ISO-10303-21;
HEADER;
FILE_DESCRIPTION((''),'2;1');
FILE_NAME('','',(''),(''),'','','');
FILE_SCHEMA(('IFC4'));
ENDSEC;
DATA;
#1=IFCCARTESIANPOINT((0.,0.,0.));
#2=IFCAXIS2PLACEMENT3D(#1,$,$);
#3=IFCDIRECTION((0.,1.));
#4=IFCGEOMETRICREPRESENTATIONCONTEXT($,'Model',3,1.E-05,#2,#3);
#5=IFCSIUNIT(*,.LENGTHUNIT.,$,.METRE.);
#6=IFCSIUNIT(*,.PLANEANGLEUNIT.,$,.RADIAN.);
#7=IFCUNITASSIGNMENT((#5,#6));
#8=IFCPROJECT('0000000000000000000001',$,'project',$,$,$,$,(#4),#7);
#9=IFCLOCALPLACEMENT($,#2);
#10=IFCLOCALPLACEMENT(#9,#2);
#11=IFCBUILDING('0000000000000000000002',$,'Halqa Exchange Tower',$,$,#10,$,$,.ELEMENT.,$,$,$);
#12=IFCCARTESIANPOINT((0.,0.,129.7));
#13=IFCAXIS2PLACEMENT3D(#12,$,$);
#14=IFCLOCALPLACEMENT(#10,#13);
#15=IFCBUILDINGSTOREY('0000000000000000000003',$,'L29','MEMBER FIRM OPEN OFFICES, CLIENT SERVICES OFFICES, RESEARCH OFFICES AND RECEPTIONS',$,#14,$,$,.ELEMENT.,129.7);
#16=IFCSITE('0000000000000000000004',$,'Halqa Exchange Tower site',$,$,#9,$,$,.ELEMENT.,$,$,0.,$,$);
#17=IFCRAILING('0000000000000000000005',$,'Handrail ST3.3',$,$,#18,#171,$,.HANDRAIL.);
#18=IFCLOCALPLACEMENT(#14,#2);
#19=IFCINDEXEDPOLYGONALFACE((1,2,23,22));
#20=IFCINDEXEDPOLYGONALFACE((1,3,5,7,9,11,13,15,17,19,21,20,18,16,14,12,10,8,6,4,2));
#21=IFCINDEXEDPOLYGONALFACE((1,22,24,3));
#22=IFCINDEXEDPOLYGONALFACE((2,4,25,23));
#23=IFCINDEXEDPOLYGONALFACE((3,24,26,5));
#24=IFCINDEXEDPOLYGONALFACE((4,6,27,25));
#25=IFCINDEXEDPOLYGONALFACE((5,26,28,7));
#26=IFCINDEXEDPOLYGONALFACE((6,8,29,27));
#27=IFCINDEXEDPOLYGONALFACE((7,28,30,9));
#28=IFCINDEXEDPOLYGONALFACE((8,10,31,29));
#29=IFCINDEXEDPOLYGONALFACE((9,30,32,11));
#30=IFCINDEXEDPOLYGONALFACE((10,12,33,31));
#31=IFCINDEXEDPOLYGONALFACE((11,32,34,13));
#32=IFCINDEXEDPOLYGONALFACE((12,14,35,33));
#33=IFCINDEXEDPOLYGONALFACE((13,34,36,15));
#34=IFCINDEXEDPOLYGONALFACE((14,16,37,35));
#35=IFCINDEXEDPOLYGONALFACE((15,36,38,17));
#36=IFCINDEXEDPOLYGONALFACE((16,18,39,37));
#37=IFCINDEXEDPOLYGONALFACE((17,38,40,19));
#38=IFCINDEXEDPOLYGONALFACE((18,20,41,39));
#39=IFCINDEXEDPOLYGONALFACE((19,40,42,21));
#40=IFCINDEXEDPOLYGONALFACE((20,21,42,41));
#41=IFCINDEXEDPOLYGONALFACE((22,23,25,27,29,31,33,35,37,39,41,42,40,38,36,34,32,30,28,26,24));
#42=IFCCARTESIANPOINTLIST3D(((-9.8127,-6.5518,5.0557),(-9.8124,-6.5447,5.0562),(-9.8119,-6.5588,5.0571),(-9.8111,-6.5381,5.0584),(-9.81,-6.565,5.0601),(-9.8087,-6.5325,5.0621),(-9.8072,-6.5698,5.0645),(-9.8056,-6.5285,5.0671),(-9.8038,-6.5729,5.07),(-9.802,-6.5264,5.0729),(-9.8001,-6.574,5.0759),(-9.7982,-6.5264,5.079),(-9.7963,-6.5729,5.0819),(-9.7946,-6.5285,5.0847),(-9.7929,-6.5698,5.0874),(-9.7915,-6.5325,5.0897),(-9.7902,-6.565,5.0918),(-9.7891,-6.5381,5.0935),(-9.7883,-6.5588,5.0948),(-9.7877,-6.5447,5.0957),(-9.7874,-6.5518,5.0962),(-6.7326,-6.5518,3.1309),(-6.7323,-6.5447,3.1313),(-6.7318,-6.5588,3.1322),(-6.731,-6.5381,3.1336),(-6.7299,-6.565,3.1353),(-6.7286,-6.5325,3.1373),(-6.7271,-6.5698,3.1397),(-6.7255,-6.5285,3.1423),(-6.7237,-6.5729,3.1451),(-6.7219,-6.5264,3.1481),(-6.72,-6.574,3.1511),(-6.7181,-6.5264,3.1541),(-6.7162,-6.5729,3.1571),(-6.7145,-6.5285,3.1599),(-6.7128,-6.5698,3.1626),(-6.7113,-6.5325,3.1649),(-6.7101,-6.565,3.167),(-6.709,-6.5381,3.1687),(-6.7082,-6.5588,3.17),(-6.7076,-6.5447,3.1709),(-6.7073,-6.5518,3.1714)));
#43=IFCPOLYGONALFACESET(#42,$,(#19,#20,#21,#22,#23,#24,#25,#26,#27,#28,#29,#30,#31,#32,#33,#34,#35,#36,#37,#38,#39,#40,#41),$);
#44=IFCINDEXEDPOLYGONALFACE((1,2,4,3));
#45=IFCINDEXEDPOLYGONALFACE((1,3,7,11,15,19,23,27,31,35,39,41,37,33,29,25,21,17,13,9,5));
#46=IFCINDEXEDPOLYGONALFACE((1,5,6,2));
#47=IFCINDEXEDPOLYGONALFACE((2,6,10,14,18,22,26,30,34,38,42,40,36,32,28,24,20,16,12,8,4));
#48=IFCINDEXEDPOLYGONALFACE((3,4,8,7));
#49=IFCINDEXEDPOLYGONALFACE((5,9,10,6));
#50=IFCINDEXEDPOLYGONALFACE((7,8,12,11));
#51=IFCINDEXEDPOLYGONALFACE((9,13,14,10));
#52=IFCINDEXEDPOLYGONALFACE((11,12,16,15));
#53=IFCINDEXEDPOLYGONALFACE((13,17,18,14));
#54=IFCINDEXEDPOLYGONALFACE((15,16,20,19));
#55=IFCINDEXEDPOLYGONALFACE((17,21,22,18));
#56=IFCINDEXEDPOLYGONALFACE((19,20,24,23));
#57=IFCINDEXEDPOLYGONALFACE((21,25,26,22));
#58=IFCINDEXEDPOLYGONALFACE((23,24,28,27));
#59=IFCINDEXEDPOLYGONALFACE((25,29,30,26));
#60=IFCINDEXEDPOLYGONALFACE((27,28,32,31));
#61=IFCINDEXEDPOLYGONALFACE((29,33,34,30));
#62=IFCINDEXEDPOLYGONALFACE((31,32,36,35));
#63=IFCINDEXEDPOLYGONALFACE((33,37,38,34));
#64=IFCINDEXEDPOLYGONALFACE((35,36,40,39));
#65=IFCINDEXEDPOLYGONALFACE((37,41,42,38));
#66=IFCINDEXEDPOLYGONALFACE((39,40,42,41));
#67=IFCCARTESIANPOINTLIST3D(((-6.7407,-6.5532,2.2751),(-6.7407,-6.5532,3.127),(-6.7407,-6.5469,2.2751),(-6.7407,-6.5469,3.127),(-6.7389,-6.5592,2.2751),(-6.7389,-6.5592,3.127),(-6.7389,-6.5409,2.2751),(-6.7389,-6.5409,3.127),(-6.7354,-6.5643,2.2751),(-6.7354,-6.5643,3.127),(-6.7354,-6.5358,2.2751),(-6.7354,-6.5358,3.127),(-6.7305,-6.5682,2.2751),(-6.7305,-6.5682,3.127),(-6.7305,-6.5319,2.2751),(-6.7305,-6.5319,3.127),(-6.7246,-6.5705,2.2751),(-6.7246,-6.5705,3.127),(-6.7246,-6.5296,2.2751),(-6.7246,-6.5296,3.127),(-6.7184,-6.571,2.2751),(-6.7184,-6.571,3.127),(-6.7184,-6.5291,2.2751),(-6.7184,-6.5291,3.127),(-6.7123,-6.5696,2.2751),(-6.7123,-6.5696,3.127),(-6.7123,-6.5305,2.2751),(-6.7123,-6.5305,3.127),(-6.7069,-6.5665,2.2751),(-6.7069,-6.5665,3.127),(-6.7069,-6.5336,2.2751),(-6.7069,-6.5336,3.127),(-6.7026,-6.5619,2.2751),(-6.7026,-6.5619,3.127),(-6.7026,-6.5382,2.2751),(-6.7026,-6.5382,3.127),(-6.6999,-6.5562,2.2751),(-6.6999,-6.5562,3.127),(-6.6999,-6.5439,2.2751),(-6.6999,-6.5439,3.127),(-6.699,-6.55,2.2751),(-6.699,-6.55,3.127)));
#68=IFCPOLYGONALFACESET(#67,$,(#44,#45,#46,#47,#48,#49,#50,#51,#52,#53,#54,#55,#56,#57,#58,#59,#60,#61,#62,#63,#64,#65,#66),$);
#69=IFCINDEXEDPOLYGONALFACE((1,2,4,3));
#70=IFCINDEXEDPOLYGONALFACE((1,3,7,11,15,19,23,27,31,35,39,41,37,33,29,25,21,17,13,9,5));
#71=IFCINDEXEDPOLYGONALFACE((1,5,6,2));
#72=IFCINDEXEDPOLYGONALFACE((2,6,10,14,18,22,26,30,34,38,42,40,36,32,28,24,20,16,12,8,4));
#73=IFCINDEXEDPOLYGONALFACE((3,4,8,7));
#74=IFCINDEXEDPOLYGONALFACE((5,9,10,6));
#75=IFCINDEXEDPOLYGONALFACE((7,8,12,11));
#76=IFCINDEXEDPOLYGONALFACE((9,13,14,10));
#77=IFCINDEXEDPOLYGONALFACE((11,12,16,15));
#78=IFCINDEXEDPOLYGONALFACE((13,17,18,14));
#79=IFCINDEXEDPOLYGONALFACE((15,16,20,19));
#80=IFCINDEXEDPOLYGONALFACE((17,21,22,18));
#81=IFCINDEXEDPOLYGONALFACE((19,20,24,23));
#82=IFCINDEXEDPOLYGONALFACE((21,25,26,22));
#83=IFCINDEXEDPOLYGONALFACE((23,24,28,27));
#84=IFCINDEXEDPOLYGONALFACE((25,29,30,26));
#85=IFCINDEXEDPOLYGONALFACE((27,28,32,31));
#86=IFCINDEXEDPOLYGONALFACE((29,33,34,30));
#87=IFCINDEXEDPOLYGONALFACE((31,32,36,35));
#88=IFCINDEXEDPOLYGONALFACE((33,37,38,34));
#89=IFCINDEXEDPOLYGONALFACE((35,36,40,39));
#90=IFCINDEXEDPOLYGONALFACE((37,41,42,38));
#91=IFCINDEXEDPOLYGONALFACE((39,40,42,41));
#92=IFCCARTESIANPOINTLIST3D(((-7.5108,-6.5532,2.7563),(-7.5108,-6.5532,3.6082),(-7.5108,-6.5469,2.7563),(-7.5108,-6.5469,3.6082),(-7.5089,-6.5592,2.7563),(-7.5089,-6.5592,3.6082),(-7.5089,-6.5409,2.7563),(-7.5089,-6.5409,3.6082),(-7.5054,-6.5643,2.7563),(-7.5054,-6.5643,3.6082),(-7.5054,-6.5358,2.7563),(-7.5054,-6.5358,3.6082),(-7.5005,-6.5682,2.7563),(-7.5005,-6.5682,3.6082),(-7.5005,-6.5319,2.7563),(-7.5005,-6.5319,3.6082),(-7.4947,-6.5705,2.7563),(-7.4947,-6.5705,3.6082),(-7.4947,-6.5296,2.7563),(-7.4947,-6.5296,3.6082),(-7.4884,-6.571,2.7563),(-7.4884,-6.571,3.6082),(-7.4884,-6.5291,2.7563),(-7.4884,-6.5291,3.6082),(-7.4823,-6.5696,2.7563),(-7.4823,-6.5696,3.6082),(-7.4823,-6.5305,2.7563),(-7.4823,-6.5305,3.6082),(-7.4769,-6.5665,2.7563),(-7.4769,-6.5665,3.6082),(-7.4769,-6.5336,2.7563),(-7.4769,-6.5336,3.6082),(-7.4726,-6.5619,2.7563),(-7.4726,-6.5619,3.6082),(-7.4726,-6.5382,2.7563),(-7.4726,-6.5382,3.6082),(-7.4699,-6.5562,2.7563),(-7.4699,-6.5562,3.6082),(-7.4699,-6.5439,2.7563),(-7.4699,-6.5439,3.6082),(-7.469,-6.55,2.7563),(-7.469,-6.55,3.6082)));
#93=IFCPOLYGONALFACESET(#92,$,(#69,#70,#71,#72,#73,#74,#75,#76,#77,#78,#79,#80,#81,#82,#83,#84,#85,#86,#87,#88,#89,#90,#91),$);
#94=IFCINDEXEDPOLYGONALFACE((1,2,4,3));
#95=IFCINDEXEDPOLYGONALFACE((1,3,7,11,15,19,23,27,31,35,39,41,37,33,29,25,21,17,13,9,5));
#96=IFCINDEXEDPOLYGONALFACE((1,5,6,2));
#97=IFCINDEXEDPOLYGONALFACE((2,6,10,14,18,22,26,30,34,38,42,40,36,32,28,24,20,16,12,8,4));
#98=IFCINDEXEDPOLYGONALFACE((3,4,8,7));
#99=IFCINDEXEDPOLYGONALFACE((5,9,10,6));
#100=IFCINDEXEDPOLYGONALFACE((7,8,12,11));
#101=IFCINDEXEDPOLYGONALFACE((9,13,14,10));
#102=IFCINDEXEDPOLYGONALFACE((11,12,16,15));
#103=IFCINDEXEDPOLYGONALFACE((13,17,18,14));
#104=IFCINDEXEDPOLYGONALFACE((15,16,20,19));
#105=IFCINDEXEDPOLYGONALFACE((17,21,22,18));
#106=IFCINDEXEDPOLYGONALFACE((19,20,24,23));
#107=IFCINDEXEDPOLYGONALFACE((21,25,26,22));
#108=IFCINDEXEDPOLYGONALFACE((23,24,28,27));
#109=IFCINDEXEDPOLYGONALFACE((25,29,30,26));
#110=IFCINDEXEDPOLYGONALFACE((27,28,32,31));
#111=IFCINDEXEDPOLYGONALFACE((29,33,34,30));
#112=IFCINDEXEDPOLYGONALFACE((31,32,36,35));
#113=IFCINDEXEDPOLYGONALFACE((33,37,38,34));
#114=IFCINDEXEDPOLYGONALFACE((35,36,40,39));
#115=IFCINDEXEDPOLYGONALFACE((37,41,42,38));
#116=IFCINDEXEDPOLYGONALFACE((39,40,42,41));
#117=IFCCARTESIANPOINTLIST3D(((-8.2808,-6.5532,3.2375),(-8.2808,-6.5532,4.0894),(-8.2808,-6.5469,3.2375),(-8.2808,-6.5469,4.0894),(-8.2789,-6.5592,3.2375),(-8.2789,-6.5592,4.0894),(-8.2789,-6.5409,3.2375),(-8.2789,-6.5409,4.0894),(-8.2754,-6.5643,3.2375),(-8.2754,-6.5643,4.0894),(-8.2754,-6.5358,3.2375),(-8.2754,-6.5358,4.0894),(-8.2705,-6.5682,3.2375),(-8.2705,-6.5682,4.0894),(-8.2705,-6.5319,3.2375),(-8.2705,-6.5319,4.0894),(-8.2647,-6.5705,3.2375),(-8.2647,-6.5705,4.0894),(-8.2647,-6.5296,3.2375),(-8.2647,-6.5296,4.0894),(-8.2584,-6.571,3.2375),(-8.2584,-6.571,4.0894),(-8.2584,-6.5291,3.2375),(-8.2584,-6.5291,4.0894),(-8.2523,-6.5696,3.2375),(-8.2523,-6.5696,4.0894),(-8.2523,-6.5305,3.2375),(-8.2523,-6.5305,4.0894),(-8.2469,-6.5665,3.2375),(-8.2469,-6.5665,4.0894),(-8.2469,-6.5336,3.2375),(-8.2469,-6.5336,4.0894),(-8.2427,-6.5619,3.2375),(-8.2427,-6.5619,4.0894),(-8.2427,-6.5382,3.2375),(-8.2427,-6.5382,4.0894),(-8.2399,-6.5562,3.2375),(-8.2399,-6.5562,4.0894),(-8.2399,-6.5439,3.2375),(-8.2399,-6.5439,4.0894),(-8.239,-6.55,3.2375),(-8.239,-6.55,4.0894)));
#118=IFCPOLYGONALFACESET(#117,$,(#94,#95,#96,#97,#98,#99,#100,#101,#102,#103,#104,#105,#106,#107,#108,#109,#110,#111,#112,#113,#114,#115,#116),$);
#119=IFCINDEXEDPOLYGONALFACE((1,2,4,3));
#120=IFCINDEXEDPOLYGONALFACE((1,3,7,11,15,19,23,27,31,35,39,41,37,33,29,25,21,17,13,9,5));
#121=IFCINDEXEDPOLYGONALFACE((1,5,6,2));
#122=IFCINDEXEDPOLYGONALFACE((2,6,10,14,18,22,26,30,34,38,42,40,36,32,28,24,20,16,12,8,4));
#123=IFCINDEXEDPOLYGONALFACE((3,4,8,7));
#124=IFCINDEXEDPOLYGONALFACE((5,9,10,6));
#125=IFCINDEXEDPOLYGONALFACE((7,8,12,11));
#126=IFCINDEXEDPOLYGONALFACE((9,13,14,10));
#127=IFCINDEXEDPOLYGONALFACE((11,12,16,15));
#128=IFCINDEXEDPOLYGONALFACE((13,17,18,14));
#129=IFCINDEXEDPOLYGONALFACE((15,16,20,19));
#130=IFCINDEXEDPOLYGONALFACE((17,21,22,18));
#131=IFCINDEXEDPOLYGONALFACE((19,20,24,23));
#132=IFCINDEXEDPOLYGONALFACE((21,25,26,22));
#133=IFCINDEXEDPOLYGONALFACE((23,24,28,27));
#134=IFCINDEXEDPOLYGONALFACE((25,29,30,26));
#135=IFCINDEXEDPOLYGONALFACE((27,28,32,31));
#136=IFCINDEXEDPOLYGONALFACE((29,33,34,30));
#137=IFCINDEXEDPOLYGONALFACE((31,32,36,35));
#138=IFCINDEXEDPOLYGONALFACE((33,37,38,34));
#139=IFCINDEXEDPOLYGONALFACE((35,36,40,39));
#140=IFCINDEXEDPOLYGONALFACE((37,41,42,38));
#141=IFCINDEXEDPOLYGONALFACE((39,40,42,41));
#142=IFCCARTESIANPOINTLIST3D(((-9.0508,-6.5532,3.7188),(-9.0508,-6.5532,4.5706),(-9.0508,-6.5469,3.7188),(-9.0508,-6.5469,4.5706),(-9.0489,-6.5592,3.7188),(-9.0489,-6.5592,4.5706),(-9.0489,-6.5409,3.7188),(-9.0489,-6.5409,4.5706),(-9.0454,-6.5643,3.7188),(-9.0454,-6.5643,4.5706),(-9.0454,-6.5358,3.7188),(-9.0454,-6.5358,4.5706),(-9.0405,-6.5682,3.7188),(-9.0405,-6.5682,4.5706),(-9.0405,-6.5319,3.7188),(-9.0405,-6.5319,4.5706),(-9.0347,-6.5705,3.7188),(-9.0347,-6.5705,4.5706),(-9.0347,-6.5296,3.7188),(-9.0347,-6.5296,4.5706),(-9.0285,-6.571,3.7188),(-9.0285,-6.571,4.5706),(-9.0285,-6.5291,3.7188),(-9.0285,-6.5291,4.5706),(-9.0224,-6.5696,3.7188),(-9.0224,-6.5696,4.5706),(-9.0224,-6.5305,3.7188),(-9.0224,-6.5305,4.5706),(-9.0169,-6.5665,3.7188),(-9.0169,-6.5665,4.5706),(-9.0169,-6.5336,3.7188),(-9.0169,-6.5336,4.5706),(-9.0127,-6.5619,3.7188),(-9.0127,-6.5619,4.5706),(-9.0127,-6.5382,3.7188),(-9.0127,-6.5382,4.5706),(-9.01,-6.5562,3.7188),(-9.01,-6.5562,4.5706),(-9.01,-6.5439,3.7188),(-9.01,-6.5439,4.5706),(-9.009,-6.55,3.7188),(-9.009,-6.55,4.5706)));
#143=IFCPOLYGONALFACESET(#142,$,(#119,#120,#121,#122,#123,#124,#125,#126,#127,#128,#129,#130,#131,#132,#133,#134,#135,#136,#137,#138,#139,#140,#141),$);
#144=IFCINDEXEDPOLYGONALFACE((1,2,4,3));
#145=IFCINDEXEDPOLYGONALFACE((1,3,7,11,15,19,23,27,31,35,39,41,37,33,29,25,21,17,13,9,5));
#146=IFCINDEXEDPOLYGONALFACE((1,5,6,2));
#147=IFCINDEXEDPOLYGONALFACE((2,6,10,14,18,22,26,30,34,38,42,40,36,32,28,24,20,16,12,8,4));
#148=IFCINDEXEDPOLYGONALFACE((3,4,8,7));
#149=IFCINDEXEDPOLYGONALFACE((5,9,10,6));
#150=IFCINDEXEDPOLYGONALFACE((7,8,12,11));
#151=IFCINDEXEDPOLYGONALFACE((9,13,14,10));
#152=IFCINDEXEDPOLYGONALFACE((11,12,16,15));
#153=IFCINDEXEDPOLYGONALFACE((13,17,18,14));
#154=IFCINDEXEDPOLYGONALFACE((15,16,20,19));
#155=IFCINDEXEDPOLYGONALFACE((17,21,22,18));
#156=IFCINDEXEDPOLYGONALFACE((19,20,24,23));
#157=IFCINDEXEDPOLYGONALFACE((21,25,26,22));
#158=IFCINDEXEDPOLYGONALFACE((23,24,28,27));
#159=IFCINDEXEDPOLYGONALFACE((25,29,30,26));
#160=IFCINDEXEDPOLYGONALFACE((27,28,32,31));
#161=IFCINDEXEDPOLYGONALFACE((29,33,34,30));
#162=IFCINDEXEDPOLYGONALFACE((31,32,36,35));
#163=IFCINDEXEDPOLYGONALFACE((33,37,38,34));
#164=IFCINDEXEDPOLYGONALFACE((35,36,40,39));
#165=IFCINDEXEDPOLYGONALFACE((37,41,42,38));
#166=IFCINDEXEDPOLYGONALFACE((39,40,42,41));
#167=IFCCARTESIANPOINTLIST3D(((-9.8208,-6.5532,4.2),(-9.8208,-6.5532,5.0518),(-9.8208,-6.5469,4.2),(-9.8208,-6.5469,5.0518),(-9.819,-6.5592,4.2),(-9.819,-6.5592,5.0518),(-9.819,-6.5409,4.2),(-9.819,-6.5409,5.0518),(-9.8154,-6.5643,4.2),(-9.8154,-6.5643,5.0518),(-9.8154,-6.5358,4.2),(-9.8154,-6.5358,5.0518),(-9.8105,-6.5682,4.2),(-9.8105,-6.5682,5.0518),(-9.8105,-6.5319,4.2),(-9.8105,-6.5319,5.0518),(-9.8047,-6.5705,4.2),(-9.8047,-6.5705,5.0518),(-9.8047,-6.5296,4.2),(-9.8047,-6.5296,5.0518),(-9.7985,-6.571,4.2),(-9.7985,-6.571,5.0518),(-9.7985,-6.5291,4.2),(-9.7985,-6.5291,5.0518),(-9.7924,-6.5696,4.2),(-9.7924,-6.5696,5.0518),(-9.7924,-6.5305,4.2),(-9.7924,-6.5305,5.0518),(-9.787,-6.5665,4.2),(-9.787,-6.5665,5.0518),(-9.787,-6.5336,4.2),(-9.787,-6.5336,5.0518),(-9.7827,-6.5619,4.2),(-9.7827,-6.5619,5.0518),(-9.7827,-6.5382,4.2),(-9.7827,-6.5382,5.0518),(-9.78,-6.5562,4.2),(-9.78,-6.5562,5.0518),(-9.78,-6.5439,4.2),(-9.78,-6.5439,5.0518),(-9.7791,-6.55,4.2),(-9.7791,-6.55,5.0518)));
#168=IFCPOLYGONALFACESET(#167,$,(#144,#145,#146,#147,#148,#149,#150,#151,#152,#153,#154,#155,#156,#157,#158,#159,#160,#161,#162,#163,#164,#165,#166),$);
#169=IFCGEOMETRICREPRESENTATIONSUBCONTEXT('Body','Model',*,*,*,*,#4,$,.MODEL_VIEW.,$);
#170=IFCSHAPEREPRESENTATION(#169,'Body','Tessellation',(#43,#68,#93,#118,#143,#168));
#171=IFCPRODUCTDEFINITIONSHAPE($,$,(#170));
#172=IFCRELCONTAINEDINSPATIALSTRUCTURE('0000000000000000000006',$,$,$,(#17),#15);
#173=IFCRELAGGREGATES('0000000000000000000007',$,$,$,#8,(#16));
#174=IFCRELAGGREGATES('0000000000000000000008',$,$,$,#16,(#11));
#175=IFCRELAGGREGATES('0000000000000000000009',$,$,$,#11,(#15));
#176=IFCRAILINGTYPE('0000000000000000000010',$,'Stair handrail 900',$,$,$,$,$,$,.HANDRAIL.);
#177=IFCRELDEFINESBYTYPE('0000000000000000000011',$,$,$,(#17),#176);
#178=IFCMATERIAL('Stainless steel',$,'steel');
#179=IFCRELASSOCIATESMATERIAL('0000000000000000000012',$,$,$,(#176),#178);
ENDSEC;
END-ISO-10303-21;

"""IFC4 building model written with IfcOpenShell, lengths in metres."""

from ifc_helpers import new_model, si_unit, direction, frame, origin, origin_2d, place, context, subcontext, project, spatial, circle, extrude, material, type_object, element, save


model = new_model("IFC4")

# Units and contexts
model_context = context("Model", 3, precision=1e-05, world=origin(), true_north=direction((0.0, 1.0)))
body_context = subcontext(model_context, "Body", "Model", "MODEL_VIEW")
ifc_project = project(units=[si_unit("LENGTHUNIT", "METRE"), si_unit("PLANEANGLEUNIT", "RADIAN")], contexts=[model_context])

# Site, building, storey
site_placement = place(None, origin())
site = spatial("IfcSite", under=ifc_project, at=site_placement, Name="Halqa Exchange Tower site", CompositionType="ELEMENT", RefElevation=0.0)
building_placement = place(site_placement, origin())
building = spatial("IfcBuilding", under=site, at=building_placement, Name="Halqa Exchange Tower", CompositionType="ELEMENT")
storey_placement = place(building_placement, frame((0.0, 0.0, 129.7)))
storey = spatial("IfcBuildingStorey", under=building, at=storey_placement, Name="L29", Description="MEMBER FIRM OPEN OFFICES, CLIENT SERVICES OFFICES, RESEARCH OFFICES AND RECEPTIONS", CompositionType="ELEMENT", Elevation=129.7)

# Shared definitions
ifc_material_1 = material(Name="Stainless steel", Category="steel")

# Railing
railing_type_1 = type_object("IfcRailingType", Name="Stair handrail 900", PredefinedType="HANDRAIL", material=ifc_material_1)
railing_1_placement = place(storey_placement, frame((-6.72, -6.55, 2.2751)))
element("IfcRailing", 1, at=railing_1_placement, inside=storey, type_object=railing_type_1, Name="Handrail ST3.3", PredefinedType="HANDRAIL", context=body_context, shape_type="SweptSolid", body=[
    extrude(circle(Radius=0.0239, at=origin_2d()), frame((0.0, 0.0, 0.876), z_axis=(-0.848029, 0.0, 0.529951), x_axis=(0.0, -1.0, 0.0)), (0.0, 0.0, 1.0), 3.6321),
    extrude(circle(Radius=0.021, at=origin_2d()), origin(), (0.0, 0.0, 1.0), 0.8518),
    extrude(circle(Radius=0.021, at=origin_2d()), frame((-0.77, 0.0, 0.4812)), (0.0, 0.0, 1.0), 0.8518),
    extrude(circle(Radius=0.021, at=origin_2d()), frame((-1.54, 0.0, 0.9624)), (0.0, 0.0, 1.0), 0.8518),
    extrude(circle(Radius=0.021, at=origin_2d()), frame((-2.3101, 0.0, 1.4436)), (0.0, 0.0, 1.0), 0.8518),
    extrude(circle(Radius=0.021, at=origin_2d()), frame((-3.0801, 0.0, 1.9248)), (0.0, 0.0, 1.0), 0.8518),
])

save(model, "model.ifc")
